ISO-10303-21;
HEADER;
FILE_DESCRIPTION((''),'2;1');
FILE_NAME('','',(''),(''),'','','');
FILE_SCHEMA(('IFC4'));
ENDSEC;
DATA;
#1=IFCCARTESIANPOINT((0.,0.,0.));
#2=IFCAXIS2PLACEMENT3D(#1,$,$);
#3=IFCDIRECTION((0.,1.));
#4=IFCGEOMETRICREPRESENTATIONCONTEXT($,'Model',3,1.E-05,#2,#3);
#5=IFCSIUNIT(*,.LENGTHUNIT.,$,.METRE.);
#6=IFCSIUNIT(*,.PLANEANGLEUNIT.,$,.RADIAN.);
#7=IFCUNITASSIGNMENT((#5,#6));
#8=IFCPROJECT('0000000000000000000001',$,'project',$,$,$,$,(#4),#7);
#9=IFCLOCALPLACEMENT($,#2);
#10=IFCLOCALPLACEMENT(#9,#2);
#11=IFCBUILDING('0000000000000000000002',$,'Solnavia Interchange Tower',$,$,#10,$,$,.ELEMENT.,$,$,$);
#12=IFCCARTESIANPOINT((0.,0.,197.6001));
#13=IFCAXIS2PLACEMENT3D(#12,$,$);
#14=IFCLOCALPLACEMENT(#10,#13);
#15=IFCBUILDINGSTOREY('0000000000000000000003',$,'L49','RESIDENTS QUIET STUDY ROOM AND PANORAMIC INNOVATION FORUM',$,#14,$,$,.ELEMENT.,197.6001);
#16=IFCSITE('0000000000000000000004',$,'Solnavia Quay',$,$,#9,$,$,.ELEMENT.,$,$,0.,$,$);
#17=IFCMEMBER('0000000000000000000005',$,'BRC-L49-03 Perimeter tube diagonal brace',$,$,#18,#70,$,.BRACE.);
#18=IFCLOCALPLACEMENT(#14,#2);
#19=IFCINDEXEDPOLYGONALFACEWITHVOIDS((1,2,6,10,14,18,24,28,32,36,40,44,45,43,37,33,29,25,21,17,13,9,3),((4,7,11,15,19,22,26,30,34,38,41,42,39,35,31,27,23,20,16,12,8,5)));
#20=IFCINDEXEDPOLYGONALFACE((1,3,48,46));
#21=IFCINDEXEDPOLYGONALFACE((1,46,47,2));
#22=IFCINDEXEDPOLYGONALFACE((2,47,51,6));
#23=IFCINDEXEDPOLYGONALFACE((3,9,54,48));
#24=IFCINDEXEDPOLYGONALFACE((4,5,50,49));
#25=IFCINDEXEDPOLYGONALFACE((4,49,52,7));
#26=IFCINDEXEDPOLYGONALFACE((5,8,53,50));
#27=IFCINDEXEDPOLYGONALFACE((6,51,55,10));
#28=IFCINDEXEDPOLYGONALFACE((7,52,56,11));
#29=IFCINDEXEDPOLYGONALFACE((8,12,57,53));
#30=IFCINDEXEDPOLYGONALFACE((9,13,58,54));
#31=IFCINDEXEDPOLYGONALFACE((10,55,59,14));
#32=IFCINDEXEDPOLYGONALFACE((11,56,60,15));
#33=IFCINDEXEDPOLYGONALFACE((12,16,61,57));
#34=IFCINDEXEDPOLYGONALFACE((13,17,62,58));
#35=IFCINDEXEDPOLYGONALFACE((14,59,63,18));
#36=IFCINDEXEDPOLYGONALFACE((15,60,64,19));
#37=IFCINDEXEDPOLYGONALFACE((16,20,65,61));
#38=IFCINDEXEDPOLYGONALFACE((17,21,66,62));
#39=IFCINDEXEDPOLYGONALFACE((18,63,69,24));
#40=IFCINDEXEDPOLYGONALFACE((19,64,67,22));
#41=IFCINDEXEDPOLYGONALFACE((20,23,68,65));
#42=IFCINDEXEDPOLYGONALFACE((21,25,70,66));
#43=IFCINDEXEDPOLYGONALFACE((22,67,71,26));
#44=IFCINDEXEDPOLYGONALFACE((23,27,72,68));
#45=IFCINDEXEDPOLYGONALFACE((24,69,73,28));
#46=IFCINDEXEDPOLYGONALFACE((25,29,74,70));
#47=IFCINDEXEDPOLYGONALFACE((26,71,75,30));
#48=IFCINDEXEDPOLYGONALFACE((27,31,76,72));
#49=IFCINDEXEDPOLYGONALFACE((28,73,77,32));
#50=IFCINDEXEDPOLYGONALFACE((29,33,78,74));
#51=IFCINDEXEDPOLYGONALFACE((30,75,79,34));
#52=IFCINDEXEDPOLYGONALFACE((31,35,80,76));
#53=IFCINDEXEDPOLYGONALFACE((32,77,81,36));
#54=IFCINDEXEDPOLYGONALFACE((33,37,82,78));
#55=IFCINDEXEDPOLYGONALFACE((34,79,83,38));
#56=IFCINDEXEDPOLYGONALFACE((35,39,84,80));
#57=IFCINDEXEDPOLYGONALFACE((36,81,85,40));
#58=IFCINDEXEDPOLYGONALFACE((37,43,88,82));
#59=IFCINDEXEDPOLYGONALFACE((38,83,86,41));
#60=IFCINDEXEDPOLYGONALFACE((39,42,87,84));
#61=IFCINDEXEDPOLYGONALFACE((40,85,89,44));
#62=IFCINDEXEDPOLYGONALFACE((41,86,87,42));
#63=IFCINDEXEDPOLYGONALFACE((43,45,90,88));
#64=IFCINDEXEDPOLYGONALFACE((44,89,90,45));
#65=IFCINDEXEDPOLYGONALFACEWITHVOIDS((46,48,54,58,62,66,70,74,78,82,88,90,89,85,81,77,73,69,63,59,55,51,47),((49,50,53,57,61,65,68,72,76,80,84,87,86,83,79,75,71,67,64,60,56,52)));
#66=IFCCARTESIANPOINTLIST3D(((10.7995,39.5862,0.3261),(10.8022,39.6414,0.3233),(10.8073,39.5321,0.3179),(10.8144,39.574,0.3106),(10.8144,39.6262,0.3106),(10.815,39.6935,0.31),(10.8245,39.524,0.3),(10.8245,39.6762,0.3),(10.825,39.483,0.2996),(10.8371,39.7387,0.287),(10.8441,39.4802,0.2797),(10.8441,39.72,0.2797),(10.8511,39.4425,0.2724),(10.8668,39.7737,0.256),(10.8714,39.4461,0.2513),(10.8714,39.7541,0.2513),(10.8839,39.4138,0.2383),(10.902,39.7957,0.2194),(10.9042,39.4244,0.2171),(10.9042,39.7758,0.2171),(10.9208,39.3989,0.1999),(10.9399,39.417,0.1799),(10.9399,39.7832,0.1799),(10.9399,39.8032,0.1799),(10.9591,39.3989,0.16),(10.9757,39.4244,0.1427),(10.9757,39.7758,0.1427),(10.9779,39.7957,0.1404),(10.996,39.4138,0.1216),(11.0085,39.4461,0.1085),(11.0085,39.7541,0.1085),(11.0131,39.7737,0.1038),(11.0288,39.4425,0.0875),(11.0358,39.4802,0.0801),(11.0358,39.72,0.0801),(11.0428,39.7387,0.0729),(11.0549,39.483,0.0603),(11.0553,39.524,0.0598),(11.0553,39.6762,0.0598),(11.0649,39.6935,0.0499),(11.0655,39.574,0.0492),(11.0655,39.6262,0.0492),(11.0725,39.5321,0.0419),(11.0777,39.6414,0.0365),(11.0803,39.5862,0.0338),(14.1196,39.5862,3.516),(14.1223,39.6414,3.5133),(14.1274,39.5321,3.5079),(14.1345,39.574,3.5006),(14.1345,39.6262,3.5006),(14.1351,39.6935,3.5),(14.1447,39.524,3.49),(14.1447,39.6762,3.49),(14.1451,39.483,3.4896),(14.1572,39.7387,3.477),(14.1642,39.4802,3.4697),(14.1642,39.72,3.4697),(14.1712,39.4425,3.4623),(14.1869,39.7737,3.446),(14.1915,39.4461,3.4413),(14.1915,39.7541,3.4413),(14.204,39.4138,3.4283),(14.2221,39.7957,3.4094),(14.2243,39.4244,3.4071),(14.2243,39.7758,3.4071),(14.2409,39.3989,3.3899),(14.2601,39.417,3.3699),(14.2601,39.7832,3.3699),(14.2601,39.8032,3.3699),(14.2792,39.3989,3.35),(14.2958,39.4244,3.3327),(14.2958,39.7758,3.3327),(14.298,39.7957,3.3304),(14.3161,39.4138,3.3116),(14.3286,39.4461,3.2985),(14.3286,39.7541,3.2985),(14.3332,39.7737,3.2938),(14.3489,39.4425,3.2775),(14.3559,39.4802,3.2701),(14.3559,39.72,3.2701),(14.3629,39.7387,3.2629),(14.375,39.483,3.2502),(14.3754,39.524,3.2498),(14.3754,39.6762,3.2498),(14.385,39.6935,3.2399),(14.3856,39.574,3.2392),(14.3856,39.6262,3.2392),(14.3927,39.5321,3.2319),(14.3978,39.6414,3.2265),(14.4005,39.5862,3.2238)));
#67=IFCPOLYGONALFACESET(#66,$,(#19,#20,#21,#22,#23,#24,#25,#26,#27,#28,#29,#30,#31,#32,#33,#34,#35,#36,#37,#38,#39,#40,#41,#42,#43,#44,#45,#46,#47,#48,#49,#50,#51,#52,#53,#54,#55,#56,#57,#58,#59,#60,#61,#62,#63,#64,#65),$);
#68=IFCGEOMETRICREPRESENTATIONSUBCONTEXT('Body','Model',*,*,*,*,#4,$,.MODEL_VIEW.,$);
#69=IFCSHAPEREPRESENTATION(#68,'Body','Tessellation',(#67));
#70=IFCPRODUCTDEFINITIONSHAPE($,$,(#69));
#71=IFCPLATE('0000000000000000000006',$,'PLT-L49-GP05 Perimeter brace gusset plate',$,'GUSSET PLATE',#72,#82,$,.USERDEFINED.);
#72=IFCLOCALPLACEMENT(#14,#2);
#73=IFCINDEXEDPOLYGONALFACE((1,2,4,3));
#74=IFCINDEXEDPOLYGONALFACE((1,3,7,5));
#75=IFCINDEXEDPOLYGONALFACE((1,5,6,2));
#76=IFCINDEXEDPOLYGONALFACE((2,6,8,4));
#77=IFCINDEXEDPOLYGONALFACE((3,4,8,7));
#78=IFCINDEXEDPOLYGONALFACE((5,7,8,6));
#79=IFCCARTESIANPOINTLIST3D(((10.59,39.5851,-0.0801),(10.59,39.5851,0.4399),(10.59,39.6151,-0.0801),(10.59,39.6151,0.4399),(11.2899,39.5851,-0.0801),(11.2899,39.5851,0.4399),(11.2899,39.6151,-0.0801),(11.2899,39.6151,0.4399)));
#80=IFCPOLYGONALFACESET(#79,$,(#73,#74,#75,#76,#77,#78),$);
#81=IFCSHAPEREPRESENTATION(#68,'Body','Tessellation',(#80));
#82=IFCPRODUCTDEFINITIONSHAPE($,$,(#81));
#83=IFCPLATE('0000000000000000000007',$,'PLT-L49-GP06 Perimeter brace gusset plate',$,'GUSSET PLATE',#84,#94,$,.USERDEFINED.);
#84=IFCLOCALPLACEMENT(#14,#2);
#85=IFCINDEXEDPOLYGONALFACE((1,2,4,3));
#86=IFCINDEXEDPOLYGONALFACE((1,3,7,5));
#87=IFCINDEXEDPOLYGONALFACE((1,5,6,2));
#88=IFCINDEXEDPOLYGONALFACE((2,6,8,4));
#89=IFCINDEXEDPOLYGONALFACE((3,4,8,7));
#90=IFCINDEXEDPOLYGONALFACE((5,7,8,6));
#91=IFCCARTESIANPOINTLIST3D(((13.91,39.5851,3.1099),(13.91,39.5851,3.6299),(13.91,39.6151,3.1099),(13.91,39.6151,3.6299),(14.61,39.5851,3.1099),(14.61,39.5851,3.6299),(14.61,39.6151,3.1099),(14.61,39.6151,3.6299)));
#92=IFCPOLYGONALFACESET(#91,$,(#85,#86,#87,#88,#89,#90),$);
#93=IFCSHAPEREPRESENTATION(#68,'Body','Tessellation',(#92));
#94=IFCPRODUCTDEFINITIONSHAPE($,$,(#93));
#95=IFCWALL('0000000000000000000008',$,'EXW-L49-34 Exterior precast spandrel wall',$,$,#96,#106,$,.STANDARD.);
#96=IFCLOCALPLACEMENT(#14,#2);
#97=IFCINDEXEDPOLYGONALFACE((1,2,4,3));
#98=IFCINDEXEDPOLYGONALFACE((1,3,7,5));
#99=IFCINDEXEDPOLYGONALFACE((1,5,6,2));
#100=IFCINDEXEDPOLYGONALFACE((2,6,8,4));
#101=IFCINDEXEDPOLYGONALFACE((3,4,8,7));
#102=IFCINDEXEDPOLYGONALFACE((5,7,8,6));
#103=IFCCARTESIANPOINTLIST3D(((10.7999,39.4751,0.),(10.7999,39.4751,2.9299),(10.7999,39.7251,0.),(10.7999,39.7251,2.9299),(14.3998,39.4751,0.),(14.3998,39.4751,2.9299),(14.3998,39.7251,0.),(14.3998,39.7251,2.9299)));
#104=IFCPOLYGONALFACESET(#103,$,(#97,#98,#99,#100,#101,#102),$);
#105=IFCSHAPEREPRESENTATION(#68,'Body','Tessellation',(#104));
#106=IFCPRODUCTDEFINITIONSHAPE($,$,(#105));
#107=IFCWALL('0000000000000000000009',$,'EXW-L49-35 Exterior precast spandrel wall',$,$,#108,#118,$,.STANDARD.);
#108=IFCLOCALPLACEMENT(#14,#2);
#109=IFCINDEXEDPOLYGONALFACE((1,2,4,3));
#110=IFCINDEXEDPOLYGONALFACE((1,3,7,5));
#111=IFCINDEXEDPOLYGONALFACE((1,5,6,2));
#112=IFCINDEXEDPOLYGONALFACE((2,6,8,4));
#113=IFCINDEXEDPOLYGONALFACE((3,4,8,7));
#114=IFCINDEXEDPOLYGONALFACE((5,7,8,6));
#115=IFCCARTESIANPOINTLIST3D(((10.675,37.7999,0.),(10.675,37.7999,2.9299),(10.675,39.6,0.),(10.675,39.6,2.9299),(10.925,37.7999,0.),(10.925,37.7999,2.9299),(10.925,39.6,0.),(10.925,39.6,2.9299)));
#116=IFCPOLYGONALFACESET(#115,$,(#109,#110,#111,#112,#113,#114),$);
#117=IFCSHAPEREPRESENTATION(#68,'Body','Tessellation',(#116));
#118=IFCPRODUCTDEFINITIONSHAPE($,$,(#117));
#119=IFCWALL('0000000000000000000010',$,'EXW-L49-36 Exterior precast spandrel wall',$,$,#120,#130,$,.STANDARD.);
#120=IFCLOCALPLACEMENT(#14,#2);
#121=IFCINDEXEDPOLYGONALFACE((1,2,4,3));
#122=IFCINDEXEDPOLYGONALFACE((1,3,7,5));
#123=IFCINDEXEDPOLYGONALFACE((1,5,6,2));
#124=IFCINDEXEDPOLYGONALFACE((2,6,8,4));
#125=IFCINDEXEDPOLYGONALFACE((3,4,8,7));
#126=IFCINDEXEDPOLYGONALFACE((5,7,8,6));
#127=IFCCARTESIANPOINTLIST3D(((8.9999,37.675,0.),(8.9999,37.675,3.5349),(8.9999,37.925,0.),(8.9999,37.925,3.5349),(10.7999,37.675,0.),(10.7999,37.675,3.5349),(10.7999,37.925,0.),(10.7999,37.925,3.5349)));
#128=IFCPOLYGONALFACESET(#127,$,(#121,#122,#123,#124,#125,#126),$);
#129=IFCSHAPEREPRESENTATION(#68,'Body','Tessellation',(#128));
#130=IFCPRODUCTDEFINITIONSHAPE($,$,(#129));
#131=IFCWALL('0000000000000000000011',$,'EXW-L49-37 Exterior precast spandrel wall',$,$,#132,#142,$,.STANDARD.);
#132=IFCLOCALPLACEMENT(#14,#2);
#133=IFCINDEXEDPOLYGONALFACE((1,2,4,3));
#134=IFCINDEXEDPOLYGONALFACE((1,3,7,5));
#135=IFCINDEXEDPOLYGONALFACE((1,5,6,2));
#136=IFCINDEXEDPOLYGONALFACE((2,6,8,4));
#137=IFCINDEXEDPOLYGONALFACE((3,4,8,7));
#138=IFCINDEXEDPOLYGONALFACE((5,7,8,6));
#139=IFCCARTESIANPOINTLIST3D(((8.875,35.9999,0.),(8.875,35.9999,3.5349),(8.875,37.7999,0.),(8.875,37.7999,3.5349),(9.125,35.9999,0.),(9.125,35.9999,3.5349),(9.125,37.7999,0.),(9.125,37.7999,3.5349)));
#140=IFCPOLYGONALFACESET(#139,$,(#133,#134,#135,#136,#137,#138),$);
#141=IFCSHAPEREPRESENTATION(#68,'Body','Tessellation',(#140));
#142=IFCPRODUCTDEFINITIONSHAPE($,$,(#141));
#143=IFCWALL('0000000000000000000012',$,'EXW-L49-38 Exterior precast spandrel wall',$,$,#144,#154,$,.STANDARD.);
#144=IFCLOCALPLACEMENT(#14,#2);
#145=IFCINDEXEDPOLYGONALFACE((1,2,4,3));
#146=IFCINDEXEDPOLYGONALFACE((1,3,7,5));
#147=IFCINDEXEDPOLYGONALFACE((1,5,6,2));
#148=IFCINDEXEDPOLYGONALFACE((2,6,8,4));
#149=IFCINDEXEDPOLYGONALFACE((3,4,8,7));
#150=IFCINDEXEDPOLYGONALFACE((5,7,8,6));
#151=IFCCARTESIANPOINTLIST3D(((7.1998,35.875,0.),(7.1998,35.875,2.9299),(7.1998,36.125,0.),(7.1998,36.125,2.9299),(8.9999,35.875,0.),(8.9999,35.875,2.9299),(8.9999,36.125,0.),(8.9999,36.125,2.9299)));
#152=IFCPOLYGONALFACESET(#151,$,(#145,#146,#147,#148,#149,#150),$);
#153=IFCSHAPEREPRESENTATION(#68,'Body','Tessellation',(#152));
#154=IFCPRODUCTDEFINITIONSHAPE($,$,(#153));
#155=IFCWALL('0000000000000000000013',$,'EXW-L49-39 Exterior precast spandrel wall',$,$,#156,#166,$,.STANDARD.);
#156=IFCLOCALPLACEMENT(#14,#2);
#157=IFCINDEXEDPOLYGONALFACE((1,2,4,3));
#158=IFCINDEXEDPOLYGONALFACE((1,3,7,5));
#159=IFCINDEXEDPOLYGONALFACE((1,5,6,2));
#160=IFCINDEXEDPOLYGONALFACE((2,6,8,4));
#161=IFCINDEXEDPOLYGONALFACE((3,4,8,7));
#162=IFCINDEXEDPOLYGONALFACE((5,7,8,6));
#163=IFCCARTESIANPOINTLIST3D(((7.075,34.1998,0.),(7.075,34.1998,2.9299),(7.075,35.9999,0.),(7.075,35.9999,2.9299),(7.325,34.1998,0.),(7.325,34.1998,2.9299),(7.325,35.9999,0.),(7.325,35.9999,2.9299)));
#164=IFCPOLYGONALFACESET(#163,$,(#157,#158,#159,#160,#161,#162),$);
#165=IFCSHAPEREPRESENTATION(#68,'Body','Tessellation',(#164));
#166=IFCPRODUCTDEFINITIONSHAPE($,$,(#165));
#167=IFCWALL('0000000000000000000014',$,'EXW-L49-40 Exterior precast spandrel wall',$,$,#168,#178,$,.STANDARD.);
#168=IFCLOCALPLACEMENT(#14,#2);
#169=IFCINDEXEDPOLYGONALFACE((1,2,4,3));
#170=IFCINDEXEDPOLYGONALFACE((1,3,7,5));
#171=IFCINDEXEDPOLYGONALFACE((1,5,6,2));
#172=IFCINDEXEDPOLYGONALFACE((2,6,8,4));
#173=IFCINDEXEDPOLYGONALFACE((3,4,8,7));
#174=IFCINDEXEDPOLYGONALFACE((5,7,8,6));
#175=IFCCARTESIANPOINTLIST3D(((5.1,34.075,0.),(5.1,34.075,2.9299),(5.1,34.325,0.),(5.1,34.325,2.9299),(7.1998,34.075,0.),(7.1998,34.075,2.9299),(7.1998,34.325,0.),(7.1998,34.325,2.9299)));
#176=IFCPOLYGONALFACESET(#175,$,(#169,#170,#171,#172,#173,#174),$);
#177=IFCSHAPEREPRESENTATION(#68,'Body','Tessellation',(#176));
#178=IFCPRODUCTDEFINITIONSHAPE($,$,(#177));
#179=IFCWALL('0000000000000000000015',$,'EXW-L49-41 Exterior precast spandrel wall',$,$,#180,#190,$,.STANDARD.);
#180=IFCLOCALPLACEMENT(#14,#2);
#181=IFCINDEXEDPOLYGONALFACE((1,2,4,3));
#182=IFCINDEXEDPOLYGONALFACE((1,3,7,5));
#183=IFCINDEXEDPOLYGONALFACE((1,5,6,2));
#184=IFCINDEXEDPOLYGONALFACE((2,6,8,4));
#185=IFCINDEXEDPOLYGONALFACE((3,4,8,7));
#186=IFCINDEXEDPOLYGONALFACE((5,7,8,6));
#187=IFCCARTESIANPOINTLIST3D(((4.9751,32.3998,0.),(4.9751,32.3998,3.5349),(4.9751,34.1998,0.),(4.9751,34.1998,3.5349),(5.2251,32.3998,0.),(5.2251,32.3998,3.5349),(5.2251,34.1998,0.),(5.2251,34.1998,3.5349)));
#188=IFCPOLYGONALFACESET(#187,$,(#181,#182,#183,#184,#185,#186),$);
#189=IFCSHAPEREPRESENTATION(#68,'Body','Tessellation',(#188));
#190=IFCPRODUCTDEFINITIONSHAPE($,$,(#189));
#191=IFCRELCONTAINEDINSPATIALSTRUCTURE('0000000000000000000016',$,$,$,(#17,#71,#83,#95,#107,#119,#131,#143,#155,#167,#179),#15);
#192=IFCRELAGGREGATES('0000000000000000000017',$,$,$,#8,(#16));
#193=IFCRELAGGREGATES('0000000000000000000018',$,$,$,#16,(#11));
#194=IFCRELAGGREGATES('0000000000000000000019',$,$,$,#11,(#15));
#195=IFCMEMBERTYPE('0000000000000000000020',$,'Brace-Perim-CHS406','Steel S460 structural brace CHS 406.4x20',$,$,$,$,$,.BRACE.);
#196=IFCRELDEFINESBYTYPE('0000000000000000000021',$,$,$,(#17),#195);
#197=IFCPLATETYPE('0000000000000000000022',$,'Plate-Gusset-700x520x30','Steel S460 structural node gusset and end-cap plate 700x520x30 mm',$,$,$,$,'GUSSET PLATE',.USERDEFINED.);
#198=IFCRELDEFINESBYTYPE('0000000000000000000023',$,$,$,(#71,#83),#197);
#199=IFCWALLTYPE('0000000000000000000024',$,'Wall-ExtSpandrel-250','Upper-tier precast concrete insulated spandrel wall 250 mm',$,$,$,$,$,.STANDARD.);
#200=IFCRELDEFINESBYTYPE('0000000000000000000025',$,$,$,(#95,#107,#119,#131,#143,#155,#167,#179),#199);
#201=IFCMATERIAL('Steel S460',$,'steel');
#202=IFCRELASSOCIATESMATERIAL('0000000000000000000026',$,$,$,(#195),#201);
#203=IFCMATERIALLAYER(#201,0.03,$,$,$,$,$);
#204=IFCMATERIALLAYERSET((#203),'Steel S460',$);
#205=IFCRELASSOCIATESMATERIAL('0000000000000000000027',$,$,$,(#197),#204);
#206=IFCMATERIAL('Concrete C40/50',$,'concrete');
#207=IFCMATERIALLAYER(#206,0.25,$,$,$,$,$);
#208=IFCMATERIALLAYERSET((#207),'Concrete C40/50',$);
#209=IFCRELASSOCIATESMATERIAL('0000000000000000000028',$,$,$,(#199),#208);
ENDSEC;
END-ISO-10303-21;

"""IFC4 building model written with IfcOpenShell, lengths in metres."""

from ifc_helpers import new_model, si_unit, direction, frame, frame_2d, origin, origin_2d, place, context, subcontext, project, spatial, rectangle, hollow_circle, extrude, material, layer, layer_set, material_profile, profile_set, type_object, element, save


model = new_model("IFC4")

# Units and contexts
model_context = context("Model", 3, precision=1e-05, world=origin(), true_north=direction((0.0, 1.0)))
body_context = subcontext(model_context, "Body", "Model", "MODEL_VIEW")
ifc_project = project(units=[si_unit("LENGTHUNIT", "METRE"), si_unit("PLANEANGLEUNIT", "RADIAN")], contexts=[model_context])

# Site, building, storey
site_placement = place(None, origin())
site = spatial("IfcSite", under=ifc_project, at=site_placement, Name="Solnavia Quay", CompositionType="ELEMENT", RefElevation=0.0)
building_placement = place(site_placement, origin())
building = spatial("IfcBuilding", under=site, at=building_placement, Name="Solnavia Interchange Tower", CompositionType="ELEMENT")
storey_placement = place(building_placement, frame((0.0, 0.0, 197.6001)))
storey = spatial("IfcBuildingStorey", under=building, at=storey_placement, Name="L49", Description="RESIDENTS QUIET STUDY ROOM AND PANORAMIC INNOVATION FORUM", CompositionType="ELEMENT", Elevation=197.6001)

# Shared definitions
ifc_material_1 = material(Name="Steel S460", Category="steel")

# Member
ifc_material_profile_1 = material_profile(ifc_material_1, hollow_circle(Radius=0.2031, WallThickness=0.02, at=origin_2d()), Name="CHS 406.4x20")
ifc_profile_set_1 = profile_set([ifc_material_profile_1], Name="Steel S460")
member_type = type_object("IfcMemberType", Name="Brace-Perim-CHS406", Description="Steel S460 structural brace CHS 406.4x20", PredefinedType="BRACE", material=ifc_profile_set_1)
member_placement = place(storey_placement, frame((10.9399, 39.6001, 0.1799), z_axis=(0.721097, 0.0, 0.692834), x_axis=(0.0, 1.0, 0.0)))
element("IfcMember", 1, at=member_placement, inside=storey, type_object=member_type, Name="BRC-L49-03 Perimeter tube diagonal brace", PredefinedType="BRACE", context=body_context, shape_type="SweptSolid", body=[
    extrude(hollow_circle(Radius=0.2031, WallThickness=0.02, at=origin_2d()), origin(), (0.0, 0.0, 1.0), 4.6042),
])

# Plates
ifc_layer_1 = layer(ifc_material_1, 0.03)
ifc_layer_set_1 = layer_set([ifc_layer_1], Name="Steel S460")
plate_type = type_object("IfcPlateType", Name="Plate-Gusset-700x520x30", Description="Steel S460 structural node gusset and end-cap plate 700x520x30 mm", ElementType="GUSSET PLATE", PredefinedType="USERDEFINED", material=ifc_layer_set_1)
for number, where, z_axis, x_axis, name in (
    (2, (10.9399, 39.6001, -0.0801), (0.0, 0.0, 1.0), (1.0, 0.0, 0.0), "PLT-L49-GP05 Perimeter brace gusset plate"),
    (3, (14.26, 39.6001, 3.1099), (0.0, 0.0, 1.0), (1.0, 0.0, 0.0), "PLT-L49-GP06 Perimeter brace gusset plate"),
):
    element("IfcPlate", number, at=place(storey_placement, frame(where, z_axis=z_axis, x_axis=x_axis)), inside=storey, type_object=plate_type, Name=name, ObjectType="GUSSET PLATE", PredefinedType="USERDEFINED", context=body_context, shape_type="SweptSolid", body=[
        extrude(rectangle(XDim=0.7, YDim=0.03, at=origin_2d()), origin(), (0.0, 0.0, 1.0), 0.52),
    ])

# Walls
ifc_material_2 = material(Name="Concrete C40/50", Category="concrete")
ifc_layer_2 = layer(ifc_material_2, 0.25)
ifc_layer_set_2 = layer_set([ifc_layer_2], Name="Concrete C40/50")
wall_type_1 = type_object("IfcWallType", Name="Wall-ExtSpandrel-250", Description="Upper-tier precast concrete insulated spandrel wall 250 mm", PredefinedType="STANDARD", material=ifc_layer_set_2)
wall_1_placement = place(storey_placement, frame((10.8, 39.6001, 0.0), z_axis=(0.0, 0.0, 1.0), x_axis=(1.0, 0.0, 0.0)))
element("IfcWall", 4, at=wall_1_placement, inside=storey, type_object=wall_type_1, Name="EXW-L49-34 Exterior precast spandrel wall", PredefinedType="STANDARD", context=body_context, shape_type="SweptSolid", body=[
    extrude(rectangle(XDim=3.5999, YDim=0.25, at=frame_2d((1.7998, 0.0))), origin(), (0.0, 0.0, 1.0), 2.9299),
])
wall_2_placement = place(storey_placement, frame((10.8, 37.8, 0.0), z_axis=(0.0, 0.0, 1.0), x_axis=(0.0, 1.0, 0.0)))
element("IfcWall", 5, at=wall_2_placement, inside=storey, type_object=wall_type_1, Name="EXW-L49-35 Exterior precast spandrel wall", PredefinedType="STANDARD", context=body_context, shape_type="SweptSolid", body=[
    extrude(rectangle(XDim=1.8, YDim=0.25, at=frame_2d((0.8999, 0.0))), origin(), (0.0, 0.0, 1.0), 2.9299),
])
for number, where, z_axis, x_axis, name in (
    (6, (9.0, 37.8, 0.0), (0.0, 0.0, 1.0), (1.0, 0.0, 0.0), "EXW-L49-36 Exterior precast spandrel wall"),
    (7, (9.0, 36.0, 0.0), (0.0, 0.0, 1.0), (0.0, 1.0, 0.0), "EXW-L49-37 Exterior precast spandrel wall"),
):
    element("IfcWall", number, at=place(storey_placement, frame(where, z_axis=z_axis, x_axis=x_axis)), inside=storey, type_object=wall_type_1, Name=name, PredefinedType="STANDARD", context=body_context, shape_type="SweptSolid", body=[
        extrude(rectangle(XDim=1.8, YDim=0.25, at=frame_2d((0.8999, 0.0))), origin(), (0.0, 0.0, 1.0), 3.5349),
    ])
for number, where, z_axis, x_axis, name in (
    (8, (7.2, 36.0, 0.0), (0.0, 0.0, 1.0), (1.0, 0.0, 0.0), "EXW-L49-38 Exterior precast spandrel wall"),
    (9, (7.2, 34.2, 0.0), (0.0, 0.0, 1.0), (0.0, 1.0, 0.0), "EXW-L49-39 Exterior precast spandrel wall"),
):
    element("IfcWall", number, at=place(storey_placement, frame(where, z_axis=z_axis, x_axis=x_axis)), inside=storey, type_object=wall_type_1, Name=name, PredefinedType="STANDARD", context=body_context, shape_type="SweptSolid", body=[
        extrude(rectangle(XDim=1.8, YDim=0.25, at=frame_2d((0.8999, 0.0))), origin(), (0.0, 0.0, 1.0), 2.9299),
    ])
wall_3_placement = place(storey_placement, frame((5.1001, 34.2, 0.0), z_axis=(0.0, 0.0, 1.0), x_axis=(1.0, 0.0, 0.0)))
element("IfcWall", 10, at=wall_3_placement, inside=storey, type_object=wall_type_1, Name="EXW-L49-40 Exterior precast spandrel wall", PredefinedType="STANDARD", context=body_context, shape_type="SweptSolid", body=[
    extrude(rectangle(XDim=2.0999, YDim=0.25, at=frame_2d((1.0498, 0.0))), origin(), (0.0, 0.0, 1.0), 2.9299),
])
wall_4_placement = place(storey_placement, frame((5.1001, 32.3999, 0.0), z_axis=(0.0, 0.0, 1.0), x_axis=(0.0, 1.0, 0.0)))
element("IfcWall", 11, at=wall_4_placement, inside=storey, type_object=wall_type_1, Name="EXW-L49-41 Exterior precast spandrel wall", PredefinedType="STANDARD", context=body_context, shape_type="SweptSolid", body=[
    extrude(rectangle(XDim=1.8, YDim=0.25, at=frame_2d((0.8999, 0.0))), origin(), (0.0, 0.0, 1.0), 3.5349),
])

save(model, "model.ifc")
